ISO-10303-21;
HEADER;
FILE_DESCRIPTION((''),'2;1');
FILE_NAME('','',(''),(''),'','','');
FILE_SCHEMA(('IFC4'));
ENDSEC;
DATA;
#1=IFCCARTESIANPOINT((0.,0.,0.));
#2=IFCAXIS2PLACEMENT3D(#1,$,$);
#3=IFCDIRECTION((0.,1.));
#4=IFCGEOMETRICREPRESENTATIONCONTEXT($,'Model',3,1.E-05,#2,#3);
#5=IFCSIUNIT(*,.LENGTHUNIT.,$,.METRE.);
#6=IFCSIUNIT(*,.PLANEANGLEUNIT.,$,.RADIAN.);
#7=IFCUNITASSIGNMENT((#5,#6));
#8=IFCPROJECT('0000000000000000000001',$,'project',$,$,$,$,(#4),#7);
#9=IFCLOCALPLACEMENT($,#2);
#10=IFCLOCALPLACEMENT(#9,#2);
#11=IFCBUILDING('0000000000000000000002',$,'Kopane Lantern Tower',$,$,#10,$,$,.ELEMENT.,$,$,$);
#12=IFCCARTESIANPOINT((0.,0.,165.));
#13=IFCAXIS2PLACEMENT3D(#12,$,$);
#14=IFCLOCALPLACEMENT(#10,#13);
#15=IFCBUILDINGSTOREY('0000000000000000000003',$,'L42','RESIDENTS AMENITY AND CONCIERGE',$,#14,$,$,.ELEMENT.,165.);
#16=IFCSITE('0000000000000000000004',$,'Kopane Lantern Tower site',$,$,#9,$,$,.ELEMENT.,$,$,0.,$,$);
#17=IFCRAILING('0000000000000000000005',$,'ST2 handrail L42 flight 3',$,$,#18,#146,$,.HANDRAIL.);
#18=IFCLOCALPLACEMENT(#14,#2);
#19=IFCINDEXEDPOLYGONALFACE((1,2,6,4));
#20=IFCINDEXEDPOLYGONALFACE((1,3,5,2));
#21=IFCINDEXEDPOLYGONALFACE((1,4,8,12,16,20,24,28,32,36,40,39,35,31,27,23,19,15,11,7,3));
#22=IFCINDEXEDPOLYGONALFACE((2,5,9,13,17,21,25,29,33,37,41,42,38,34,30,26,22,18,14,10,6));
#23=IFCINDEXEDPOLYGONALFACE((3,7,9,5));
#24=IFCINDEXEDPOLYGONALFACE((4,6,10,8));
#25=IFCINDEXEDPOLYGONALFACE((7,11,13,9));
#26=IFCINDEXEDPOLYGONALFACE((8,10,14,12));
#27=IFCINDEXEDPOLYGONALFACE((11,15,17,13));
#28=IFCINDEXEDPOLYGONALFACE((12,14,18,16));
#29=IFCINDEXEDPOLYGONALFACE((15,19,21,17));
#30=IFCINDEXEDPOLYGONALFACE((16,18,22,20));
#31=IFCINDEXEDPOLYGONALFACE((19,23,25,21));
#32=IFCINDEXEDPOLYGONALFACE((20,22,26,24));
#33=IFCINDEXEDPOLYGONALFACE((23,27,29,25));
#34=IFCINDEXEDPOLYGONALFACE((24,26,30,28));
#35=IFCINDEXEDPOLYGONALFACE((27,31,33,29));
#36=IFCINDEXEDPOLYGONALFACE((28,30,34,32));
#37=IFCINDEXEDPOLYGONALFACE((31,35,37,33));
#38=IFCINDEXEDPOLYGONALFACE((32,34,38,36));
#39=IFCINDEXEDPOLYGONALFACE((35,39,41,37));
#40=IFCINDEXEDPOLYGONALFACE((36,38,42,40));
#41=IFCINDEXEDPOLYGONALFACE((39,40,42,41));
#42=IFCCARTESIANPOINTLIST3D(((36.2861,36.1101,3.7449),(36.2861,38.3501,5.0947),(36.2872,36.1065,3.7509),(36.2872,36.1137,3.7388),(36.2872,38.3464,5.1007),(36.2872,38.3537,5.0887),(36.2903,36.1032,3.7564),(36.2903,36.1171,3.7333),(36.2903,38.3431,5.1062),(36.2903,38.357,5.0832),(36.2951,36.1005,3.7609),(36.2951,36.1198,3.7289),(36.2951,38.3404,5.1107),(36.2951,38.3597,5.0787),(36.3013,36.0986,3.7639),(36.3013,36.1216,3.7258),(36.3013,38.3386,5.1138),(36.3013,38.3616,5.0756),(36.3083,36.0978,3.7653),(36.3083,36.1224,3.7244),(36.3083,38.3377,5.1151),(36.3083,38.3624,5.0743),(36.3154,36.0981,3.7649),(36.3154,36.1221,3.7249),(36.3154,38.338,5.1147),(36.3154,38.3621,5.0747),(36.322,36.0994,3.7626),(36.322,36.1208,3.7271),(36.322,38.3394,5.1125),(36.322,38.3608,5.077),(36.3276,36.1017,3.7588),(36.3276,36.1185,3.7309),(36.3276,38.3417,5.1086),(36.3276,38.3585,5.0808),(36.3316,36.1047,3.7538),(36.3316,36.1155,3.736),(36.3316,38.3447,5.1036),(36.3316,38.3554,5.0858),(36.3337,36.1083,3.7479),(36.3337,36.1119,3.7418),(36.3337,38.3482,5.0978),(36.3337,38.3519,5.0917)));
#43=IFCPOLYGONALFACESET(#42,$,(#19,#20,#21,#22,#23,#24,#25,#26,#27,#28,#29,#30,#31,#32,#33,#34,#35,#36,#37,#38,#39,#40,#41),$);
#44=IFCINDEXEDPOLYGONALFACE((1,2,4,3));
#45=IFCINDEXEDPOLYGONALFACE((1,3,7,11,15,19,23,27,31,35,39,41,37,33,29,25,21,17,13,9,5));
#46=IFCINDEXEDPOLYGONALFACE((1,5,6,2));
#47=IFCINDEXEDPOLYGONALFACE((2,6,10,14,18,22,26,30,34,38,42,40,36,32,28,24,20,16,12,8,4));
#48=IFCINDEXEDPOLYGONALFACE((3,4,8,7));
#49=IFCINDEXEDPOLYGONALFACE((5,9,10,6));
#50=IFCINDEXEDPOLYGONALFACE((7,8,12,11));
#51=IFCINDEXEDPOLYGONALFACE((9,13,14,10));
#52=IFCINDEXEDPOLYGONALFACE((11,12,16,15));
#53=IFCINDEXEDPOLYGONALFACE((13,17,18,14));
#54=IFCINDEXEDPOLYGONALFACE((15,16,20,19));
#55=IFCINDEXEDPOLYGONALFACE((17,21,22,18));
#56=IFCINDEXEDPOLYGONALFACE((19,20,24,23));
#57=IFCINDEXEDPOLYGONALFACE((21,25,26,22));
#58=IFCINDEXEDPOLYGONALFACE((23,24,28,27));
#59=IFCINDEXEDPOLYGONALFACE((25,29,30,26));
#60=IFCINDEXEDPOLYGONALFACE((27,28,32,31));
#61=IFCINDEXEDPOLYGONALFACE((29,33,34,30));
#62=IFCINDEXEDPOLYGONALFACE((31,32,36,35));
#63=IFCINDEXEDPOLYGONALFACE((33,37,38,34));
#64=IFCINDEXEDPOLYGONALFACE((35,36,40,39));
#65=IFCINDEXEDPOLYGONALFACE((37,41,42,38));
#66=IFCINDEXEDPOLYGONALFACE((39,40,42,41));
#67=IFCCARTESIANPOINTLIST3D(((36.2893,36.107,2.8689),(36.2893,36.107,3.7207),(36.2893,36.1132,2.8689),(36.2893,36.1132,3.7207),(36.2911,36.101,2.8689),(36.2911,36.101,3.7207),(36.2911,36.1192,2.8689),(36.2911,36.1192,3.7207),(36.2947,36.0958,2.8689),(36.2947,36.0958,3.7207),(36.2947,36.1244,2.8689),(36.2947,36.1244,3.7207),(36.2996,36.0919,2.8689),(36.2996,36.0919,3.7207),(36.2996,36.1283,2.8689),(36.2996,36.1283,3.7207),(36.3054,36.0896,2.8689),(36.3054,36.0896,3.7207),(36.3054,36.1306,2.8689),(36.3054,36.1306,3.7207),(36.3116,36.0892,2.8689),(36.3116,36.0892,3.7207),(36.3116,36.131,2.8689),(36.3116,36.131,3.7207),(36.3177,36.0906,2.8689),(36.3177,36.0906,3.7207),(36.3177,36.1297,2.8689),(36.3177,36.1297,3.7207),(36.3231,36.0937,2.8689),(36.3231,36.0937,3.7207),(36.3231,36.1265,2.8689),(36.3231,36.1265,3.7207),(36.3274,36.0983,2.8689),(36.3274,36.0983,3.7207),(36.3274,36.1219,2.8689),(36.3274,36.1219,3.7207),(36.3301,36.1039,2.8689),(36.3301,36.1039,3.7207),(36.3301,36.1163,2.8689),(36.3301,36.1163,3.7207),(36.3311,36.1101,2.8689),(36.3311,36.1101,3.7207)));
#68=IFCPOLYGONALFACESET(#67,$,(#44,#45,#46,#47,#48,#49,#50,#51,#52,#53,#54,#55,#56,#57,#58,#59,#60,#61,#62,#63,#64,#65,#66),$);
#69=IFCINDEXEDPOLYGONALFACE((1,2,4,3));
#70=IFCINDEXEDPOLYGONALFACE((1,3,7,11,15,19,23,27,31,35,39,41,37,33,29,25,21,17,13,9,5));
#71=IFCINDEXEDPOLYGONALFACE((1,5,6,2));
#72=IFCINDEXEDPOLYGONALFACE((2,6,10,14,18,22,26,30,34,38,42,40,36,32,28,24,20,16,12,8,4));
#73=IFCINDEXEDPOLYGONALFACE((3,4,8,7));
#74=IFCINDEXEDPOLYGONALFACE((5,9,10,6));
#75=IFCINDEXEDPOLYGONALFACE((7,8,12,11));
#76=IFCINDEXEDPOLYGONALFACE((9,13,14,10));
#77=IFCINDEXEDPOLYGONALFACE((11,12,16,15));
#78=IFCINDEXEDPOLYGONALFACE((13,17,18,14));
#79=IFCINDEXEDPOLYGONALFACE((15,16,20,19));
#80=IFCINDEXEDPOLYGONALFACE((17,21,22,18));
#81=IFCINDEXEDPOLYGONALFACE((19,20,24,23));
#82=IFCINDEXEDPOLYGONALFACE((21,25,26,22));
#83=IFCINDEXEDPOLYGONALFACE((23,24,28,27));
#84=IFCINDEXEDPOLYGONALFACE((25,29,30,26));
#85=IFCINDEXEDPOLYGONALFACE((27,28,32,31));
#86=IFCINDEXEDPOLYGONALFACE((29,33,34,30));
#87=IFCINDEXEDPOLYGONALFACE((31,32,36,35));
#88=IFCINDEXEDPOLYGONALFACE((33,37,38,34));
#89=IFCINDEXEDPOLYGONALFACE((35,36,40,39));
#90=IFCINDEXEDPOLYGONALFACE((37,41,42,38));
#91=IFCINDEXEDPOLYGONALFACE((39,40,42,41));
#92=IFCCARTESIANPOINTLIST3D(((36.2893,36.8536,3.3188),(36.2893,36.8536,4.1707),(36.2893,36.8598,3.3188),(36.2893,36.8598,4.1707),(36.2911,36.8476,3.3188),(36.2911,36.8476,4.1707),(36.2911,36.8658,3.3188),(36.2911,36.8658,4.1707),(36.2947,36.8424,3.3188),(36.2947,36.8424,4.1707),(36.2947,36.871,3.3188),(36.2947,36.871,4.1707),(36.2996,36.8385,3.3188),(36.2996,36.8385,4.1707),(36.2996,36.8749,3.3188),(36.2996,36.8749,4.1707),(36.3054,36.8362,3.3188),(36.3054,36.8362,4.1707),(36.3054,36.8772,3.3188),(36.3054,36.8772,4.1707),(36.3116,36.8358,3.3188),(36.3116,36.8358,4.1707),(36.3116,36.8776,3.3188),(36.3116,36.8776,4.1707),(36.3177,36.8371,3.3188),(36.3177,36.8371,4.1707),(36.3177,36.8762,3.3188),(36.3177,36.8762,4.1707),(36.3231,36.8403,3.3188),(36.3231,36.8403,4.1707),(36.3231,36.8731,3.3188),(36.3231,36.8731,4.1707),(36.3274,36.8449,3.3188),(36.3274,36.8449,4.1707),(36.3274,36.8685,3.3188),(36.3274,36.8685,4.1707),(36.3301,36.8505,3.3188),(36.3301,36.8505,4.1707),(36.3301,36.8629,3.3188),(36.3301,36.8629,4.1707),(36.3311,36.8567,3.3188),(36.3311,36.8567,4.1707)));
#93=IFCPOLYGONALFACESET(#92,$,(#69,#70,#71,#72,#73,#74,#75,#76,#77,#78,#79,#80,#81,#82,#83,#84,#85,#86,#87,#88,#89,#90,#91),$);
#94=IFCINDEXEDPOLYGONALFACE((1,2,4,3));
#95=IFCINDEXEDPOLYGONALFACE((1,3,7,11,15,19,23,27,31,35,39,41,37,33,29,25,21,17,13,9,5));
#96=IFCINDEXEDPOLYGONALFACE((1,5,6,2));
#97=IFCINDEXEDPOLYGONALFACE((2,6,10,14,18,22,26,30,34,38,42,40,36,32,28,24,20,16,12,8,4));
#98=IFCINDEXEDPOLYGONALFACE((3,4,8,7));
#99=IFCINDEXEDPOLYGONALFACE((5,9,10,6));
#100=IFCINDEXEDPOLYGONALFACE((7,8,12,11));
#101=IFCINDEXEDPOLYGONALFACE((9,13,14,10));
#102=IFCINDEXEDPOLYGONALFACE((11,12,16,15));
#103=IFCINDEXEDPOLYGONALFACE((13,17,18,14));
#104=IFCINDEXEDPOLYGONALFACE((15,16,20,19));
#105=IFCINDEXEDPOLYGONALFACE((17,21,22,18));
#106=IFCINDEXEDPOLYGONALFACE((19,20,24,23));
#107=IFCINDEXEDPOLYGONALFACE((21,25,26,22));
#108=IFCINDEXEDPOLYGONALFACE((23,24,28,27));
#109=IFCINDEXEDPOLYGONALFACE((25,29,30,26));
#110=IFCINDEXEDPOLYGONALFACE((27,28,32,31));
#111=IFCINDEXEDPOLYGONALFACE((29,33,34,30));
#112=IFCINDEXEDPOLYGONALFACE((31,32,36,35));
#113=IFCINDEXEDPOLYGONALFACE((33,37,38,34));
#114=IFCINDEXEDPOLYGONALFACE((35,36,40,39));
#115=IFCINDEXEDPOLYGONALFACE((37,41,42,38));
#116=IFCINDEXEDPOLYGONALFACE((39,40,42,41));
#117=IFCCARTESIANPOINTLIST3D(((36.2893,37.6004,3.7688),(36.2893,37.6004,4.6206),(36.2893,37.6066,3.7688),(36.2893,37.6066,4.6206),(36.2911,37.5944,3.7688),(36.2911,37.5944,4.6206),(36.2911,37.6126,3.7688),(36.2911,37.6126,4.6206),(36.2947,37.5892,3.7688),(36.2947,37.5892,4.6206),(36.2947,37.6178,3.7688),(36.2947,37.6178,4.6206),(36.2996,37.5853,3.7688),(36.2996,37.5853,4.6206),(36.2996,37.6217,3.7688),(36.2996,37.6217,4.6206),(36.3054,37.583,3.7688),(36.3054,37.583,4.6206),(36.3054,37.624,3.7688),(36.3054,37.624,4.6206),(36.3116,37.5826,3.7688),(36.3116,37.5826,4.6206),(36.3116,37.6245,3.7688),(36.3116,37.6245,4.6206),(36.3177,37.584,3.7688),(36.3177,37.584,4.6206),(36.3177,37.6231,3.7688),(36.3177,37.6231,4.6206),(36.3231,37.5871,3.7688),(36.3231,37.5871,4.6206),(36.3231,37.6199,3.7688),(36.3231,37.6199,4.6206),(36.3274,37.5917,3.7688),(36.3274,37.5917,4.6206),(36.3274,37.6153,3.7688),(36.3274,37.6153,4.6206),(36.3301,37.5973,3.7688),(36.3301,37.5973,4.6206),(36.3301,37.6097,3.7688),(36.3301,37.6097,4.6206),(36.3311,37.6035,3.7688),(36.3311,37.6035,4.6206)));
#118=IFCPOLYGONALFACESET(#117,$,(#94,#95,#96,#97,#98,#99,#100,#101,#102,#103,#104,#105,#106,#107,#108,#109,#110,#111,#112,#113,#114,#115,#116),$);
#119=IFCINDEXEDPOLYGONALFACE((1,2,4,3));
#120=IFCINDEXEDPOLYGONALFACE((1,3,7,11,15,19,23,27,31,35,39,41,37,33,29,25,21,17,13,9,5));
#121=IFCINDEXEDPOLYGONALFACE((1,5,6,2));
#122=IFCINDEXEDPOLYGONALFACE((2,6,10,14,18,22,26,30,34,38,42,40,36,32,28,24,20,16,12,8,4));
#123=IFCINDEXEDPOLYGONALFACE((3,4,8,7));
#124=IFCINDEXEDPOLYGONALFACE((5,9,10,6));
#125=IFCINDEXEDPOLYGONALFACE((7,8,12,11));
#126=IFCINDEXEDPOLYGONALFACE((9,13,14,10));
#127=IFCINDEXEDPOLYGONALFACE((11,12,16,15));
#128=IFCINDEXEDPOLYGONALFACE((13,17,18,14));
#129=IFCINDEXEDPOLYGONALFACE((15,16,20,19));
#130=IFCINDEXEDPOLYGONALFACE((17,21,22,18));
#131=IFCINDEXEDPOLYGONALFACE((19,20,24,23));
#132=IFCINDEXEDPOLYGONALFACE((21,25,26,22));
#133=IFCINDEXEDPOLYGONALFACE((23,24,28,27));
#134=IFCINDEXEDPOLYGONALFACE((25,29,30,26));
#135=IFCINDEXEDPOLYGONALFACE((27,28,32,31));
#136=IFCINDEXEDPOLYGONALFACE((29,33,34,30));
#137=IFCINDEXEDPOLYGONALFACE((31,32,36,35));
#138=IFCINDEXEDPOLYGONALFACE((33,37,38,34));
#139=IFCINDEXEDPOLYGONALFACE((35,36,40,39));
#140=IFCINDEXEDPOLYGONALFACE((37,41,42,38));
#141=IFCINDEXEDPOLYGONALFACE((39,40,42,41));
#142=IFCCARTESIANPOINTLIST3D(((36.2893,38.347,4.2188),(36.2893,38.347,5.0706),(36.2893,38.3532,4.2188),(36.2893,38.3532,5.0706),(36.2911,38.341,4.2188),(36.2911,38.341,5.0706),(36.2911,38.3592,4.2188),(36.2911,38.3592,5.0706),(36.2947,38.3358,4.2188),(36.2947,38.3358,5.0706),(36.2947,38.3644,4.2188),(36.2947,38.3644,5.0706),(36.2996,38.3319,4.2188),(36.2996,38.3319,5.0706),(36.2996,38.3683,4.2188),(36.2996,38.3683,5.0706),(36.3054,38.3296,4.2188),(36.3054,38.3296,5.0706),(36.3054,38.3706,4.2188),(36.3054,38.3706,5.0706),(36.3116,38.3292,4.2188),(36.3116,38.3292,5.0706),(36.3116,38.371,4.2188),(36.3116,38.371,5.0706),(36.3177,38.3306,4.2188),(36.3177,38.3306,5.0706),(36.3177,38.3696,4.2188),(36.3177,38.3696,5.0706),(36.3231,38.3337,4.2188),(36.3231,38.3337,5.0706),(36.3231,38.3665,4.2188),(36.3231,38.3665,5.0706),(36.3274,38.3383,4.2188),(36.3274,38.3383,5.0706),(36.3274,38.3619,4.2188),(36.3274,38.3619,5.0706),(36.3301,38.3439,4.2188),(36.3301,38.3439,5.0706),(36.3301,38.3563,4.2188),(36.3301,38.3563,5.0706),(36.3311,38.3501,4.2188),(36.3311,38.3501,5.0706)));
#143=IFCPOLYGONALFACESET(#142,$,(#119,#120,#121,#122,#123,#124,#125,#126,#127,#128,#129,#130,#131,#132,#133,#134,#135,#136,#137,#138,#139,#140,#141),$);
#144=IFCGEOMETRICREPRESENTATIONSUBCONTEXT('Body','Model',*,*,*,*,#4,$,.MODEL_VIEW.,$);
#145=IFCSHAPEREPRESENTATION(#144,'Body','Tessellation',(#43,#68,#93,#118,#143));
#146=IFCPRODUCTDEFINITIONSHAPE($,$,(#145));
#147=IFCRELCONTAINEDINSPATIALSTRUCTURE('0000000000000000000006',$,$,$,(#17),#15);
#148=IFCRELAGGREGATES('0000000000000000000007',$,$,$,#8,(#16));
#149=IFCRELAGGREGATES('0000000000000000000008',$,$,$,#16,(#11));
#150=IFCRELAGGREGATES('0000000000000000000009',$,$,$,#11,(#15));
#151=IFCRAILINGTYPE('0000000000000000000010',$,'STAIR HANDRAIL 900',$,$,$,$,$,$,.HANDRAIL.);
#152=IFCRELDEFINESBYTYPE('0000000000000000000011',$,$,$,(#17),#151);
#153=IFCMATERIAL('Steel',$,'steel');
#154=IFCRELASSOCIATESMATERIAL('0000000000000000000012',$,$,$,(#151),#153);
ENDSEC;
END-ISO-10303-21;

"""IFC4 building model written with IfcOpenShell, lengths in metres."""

from ifc_helpers import new_model, si_unit, direction, frame, origin, origin_2d, place, context, subcontext, project, spatial, circle, extrude, material, type_object, element, save


model = new_model("IFC4")

# Units and contexts
model_context = context("Model", 3, precision=1e-05, world=origin(), true_north=direction((0.0, 1.0)))
body_context = subcontext(model_context, "Body", "Model", "MODEL_VIEW")
ifc_project = project(units=[si_unit("LENGTHUNIT", "METRE"), si_unit("PLANEANGLEUNIT", "RADIAN")], contexts=[model_context])

# Site, building, storey
site_placement = place(None, origin())
site = spatial("IfcSite", under=ifc_project, at=site_placement, Name="Kopane Lantern Tower site", CompositionType="ELEMENT", RefElevation=0.0)
building_placement = place(site_placement, origin())
building = spatial("IfcBuilding", under=site, at=building_placement, Name="Kopane Lantern Tower", CompositionType="ELEMENT")
storey_placement = place(building_placement, frame((0.0, 0.0, 165.0)))
storey = spatial("IfcBuildingStorey", under=building, at=storey_placement, Name="L42", Description="RESIDENTS AMENITY AND CONCIERGE", CompositionType="ELEMENT", Elevation=165.0)

# Railing
ifc_material_1 = material(Name="Steel", Category="steel")
railing_type_1 = type_object("IfcRailingType", Name="STAIR HANDRAIL 900", PredefinedType="HANDRAIL", material=ifc_material_1)
for number, where, name in (
    (1, (36.3101, 36.1101, 2.8689), "ST2 handrail L42 flight 3"),
):
    element("IfcRailing", number, at=place(storey_placement, frame(where)), inside=storey, type_object=railing_type_1, Name=name, PredefinedType="HANDRAIL", context=body_context, shape_type="SweptSolid", body=[
        extrude(circle(Radius=0.0239, at=origin_2d()), frame((0.0, 0.0, 0.876), z_axis=(0.0, 0.856503, 0.516142), x_axis=(-1.0, 0.0, 0.0)), (0.0, 0.0, 1.0), 2.6152),
        extrude(circle(Radius=0.021, at=origin_2d()), origin(), (0.0, 0.0, 1.0), 0.8518),
        extrude(circle(Radius=0.021, at=origin_2d()), frame((0.0, 0.7466, 0.45)), (0.0, 0.0, 1.0), 0.8518),
        extrude(circle(Radius=0.021, at=origin_2d()), frame((0.0, 1.4934, 0.8999)), (0.0, 0.0, 1.0), 0.8518),
        extrude(circle(Radius=0.021, at=origin_2d()), frame((0.0, 2.24, 1.3499)), (0.0, 0.0, 1.0), 0.8518),
    ])

save(model, "model.ifc")
